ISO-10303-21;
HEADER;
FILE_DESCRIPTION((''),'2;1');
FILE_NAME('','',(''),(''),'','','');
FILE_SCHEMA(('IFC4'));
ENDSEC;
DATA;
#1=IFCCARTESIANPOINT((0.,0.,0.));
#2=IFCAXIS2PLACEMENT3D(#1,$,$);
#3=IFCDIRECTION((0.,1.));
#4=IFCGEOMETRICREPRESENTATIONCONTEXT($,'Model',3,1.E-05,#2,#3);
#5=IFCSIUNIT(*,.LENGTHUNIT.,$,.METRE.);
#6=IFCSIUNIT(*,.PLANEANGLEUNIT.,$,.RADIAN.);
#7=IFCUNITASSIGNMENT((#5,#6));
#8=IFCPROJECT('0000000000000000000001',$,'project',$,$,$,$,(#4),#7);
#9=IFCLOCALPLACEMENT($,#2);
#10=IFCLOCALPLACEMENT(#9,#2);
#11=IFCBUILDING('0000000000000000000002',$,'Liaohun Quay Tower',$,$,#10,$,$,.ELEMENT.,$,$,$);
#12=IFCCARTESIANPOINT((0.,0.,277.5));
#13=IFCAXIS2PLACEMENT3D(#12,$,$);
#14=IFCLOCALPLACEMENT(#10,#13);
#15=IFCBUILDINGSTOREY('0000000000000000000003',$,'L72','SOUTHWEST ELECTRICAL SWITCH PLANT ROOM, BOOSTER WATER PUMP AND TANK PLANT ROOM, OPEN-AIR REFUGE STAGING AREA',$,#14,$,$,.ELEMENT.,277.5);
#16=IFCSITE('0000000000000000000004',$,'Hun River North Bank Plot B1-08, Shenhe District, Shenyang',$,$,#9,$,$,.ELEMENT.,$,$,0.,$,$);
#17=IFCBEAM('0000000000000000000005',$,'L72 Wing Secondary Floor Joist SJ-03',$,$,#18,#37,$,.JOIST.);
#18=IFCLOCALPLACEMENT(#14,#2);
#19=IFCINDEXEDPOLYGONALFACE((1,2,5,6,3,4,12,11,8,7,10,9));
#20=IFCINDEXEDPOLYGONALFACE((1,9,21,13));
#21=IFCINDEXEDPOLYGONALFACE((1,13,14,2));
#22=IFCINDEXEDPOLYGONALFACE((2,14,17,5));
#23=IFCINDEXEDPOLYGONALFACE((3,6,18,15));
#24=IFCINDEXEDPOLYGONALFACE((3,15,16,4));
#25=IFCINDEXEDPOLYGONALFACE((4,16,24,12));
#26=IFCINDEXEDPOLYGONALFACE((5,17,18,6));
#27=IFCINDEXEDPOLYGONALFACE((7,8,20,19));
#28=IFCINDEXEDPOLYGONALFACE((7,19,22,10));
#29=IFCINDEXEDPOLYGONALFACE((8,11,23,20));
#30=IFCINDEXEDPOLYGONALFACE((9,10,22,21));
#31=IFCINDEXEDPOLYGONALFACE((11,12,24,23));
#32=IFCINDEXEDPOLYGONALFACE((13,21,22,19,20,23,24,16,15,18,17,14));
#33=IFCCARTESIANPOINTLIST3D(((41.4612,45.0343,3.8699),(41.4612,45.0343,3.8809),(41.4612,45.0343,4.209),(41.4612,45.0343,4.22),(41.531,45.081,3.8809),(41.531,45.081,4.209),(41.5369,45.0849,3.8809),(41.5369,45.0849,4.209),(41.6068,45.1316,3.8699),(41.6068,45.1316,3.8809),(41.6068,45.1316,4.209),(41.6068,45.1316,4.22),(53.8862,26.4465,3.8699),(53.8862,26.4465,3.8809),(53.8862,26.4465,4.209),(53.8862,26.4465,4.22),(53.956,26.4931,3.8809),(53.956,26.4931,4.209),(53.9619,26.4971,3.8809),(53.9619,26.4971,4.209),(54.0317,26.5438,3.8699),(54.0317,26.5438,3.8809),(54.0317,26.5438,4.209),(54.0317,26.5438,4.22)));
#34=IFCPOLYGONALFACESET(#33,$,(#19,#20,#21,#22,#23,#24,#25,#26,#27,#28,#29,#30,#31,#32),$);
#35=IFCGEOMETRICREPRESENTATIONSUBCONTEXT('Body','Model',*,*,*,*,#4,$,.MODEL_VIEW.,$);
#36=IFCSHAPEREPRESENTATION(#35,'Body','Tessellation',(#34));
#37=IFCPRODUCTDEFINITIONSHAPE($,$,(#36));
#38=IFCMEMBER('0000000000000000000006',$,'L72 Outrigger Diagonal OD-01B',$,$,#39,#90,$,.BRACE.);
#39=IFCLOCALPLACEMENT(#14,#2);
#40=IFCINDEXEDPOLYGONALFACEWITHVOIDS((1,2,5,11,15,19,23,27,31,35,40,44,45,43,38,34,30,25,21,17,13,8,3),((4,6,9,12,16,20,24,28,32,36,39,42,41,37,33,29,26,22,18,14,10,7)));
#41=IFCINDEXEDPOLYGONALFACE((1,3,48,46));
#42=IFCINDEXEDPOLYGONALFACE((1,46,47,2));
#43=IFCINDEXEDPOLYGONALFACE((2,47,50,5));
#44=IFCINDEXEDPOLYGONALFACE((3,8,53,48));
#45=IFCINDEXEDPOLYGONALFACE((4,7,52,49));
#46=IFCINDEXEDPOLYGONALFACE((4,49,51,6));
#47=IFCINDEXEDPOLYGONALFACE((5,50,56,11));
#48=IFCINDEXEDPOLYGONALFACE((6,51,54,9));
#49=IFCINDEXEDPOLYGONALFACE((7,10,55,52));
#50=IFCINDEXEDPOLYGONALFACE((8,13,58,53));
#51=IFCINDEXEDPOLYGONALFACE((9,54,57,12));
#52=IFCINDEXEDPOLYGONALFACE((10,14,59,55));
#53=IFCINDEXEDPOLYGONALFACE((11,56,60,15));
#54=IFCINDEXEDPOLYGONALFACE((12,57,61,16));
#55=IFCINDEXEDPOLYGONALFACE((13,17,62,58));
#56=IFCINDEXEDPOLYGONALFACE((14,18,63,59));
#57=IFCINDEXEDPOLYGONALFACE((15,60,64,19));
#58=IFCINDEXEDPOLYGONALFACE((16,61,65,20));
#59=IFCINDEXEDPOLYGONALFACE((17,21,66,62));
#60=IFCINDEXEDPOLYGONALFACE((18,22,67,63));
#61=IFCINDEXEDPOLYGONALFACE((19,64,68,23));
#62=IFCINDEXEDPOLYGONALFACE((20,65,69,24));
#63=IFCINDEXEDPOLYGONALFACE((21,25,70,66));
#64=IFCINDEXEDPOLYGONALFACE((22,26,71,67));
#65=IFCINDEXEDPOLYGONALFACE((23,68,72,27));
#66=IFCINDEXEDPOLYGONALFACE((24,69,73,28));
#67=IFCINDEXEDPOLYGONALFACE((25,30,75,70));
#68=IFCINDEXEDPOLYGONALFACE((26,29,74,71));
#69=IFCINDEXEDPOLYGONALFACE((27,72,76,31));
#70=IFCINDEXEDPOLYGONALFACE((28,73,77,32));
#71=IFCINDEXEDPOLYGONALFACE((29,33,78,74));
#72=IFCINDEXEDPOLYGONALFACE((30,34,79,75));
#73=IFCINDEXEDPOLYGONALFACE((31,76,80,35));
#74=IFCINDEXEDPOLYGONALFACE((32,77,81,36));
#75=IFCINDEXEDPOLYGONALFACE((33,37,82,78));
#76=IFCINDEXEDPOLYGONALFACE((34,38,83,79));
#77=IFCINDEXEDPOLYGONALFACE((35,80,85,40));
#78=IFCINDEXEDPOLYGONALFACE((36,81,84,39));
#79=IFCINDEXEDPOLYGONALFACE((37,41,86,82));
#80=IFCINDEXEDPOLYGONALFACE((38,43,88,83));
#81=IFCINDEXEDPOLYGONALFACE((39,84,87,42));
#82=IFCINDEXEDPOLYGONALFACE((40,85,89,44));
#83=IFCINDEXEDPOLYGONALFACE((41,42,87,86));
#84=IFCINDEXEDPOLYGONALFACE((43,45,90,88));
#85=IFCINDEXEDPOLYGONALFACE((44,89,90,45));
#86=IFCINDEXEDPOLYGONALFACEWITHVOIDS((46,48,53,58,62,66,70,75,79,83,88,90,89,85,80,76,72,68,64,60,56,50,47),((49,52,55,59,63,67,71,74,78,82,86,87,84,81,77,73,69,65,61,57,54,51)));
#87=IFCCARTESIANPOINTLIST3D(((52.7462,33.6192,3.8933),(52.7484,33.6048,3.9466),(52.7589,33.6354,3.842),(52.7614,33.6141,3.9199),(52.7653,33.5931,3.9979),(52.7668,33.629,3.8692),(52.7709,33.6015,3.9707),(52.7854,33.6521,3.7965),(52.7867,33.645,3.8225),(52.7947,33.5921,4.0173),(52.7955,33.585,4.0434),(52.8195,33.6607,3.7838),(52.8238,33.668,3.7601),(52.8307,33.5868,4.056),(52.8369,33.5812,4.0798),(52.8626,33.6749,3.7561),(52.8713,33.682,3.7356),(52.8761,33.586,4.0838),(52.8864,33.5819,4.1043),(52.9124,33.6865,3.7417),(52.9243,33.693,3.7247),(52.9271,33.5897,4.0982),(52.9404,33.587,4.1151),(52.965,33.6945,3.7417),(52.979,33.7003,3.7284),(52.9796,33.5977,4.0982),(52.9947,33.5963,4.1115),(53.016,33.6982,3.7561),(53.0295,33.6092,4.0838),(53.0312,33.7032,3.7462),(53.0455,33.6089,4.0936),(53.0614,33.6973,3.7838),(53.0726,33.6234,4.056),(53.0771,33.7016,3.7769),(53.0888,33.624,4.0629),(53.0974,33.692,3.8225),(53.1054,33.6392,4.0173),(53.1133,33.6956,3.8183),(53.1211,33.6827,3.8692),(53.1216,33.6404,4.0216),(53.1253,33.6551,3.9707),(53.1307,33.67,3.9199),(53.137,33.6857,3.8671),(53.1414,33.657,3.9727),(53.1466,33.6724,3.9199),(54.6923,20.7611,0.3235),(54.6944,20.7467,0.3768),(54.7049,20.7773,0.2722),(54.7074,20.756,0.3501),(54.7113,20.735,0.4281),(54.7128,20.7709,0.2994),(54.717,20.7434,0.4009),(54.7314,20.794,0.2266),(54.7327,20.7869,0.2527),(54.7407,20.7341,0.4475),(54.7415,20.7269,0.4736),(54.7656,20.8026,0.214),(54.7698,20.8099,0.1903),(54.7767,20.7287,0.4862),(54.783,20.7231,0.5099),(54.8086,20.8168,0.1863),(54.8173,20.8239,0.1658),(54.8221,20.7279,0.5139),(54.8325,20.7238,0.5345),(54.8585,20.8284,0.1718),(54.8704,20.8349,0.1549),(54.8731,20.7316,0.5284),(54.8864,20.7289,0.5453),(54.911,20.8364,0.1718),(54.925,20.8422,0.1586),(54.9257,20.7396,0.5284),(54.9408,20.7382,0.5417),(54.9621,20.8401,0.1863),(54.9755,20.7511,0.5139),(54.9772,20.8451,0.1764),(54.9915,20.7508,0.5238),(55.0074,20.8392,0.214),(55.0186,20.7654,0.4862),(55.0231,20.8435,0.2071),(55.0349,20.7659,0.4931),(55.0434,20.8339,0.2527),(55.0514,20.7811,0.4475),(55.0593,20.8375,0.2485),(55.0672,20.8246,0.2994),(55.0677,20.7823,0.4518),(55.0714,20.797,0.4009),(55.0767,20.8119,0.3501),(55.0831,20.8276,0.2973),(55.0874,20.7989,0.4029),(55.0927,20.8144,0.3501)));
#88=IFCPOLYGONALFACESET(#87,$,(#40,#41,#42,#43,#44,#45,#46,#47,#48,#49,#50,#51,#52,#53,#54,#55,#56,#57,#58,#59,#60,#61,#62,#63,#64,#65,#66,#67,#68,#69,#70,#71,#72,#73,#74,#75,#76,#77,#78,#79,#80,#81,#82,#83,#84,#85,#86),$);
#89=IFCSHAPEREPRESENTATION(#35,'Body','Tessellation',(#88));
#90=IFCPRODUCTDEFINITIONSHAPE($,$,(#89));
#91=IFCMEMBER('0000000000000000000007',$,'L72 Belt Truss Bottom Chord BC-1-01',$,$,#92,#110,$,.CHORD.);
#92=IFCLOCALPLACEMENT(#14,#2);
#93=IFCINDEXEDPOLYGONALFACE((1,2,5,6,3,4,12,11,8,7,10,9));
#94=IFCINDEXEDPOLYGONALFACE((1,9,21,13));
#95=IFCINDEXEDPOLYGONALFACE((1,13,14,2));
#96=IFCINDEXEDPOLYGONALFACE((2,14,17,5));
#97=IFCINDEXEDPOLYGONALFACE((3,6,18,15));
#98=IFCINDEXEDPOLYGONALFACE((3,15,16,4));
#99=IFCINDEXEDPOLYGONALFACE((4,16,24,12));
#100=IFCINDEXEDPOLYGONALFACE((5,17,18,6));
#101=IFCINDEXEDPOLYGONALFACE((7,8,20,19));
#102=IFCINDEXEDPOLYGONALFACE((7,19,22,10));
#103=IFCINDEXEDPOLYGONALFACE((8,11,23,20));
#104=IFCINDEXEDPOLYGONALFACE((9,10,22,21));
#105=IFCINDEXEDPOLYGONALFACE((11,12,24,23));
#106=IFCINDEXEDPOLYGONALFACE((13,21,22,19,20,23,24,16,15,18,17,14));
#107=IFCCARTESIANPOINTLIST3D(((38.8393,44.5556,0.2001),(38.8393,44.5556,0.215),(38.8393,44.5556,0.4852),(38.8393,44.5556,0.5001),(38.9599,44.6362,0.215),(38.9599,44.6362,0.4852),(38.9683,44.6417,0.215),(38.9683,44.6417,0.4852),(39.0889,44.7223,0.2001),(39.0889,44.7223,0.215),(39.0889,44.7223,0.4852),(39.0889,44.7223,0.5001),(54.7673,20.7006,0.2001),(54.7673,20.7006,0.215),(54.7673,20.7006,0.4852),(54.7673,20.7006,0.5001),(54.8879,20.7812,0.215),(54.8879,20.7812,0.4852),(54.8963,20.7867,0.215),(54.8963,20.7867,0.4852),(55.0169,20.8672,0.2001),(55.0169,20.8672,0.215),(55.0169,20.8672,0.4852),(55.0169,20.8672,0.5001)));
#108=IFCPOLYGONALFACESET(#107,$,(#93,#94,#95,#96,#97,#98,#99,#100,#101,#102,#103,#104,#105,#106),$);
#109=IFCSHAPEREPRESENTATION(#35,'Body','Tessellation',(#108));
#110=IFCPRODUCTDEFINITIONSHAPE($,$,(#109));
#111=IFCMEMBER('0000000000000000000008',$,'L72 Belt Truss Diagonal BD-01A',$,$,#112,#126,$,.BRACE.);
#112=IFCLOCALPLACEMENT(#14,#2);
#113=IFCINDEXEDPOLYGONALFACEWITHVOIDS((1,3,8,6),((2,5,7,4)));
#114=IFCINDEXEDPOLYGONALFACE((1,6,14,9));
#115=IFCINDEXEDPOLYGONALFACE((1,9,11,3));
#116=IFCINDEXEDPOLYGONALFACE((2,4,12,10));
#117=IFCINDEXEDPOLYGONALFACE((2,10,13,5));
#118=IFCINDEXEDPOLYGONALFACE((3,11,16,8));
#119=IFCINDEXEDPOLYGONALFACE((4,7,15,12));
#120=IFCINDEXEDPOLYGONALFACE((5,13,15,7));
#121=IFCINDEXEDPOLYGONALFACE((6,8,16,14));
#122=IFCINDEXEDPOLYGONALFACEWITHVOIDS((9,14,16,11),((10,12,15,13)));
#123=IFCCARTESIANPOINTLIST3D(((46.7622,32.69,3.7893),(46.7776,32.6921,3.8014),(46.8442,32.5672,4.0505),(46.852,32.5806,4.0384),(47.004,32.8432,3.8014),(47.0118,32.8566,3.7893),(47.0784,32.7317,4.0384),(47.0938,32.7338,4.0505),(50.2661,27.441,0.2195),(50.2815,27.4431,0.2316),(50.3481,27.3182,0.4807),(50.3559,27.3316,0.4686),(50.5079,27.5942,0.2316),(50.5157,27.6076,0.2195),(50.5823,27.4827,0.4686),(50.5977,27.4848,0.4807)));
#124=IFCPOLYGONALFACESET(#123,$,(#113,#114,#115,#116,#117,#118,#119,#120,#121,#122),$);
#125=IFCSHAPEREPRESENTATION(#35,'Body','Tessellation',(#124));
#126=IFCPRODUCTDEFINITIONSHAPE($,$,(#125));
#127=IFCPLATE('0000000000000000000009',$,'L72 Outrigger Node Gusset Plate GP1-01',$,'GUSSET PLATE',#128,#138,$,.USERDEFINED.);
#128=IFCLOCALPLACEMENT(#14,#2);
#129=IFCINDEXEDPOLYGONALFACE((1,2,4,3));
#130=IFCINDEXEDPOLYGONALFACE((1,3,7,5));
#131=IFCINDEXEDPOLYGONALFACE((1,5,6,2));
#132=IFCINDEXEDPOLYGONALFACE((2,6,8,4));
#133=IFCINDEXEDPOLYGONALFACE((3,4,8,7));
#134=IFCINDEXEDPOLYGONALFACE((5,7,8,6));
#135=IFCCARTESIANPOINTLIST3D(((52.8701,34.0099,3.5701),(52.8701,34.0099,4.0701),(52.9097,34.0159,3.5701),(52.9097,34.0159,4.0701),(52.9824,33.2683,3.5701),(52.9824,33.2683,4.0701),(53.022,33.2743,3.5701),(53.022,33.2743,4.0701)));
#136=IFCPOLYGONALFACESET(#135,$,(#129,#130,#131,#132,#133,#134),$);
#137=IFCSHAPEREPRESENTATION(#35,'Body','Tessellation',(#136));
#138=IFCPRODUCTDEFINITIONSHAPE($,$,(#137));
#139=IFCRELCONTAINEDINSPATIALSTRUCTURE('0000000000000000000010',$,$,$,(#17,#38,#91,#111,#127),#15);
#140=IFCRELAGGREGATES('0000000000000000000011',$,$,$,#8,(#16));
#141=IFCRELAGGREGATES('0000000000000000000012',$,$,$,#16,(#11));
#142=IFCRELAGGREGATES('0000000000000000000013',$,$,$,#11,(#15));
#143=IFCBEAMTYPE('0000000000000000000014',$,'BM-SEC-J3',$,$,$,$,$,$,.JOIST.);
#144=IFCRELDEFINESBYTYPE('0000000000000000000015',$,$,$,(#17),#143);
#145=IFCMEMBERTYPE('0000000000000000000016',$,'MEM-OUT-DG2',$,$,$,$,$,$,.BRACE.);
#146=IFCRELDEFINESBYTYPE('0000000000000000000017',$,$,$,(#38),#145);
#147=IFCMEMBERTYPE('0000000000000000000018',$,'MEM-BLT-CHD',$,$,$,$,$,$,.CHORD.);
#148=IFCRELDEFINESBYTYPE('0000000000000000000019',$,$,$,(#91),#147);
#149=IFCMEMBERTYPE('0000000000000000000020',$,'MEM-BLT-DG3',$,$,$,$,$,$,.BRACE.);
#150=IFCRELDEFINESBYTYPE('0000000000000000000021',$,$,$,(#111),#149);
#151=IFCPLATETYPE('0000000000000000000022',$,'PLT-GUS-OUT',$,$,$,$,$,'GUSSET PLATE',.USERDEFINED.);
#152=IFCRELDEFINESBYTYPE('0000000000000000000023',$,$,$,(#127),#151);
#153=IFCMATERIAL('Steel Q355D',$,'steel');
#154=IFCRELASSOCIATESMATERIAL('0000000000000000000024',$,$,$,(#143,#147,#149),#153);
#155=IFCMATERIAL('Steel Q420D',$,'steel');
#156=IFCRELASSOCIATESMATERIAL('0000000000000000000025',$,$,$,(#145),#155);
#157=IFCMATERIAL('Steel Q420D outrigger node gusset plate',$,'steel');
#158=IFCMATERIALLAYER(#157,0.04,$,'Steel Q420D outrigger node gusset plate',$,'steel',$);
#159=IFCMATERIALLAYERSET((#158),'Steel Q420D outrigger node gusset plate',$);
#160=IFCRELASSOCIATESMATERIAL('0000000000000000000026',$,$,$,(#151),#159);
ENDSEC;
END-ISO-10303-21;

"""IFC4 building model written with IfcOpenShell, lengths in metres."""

from ifc_helpers import new_model, si_unit, direction, frame, origin, origin_2d, place, context, subcontext, project, spatial, rectangle, hollow_rectangle, hollow_circle, i_section, extrude, source, transform, mapped, material, layer, layer_set, material_profile, profile_set, type_object, element, save


model = new_model("IFC4")

# Units and contexts
model_context = context("Model", 3, precision=1e-05, world=origin(), true_north=direction((0.0, 1.0)))
body_context = subcontext(model_context, "Body", "Model", "MODEL_VIEW")
ifc_project = project(units=[si_unit("LENGTHUNIT", "METRE"), si_unit("PLANEANGLEUNIT", "RADIAN")], contexts=[model_context])

# Site, building, storey
site_placement = place(None, origin())
site = spatial("IfcSite", under=ifc_project, at=site_placement, Name="Hun River North Bank Plot B1-08, Shenhe District, Shenyang", CompositionType="ELEMENT", RefElevation=0.0)
building_placement = place(site_placement, origin())
building = spatial("IfcBuilding", under=site, at=building_placement, Name="Liaohun Quay Tower", CompositionType="ELEMENT")
storey_placement = place(building_placement, frame((0.0, 0.0, 277.5)))
storey = spatial("IfcBuildingStorey", under=building, at=storey_placement, Name="L72", Description="SOUTHWEST ELECTRICAL SWITCH PLANT ROOM, BOOSTER WATER PUMP AND TANK PLANT ROOM, OPEN-AIR REFUGE STAGING AREA", CompositionType="ELEMENT", Elevation=277.5)

# Beam
ifc_material_1 = material(Name="Steel Q355D", Category="steel")
ifc_material_profile_1 = material_profile(ifc_material_1, i_section(OverallWidth=0.175, OverallDepth=0.3501, WebThickness=0.0071, FlangeThickness=0.011, at=origin_2d()), Name="HN350x175x7x11")
ifc_profile_set_1 = profile_set([ifc_material_profile_1], Name="Steel Q355D")
beam_type_1 = type_object("IfcBeamType", Name="BM-SEC-J3", PredefinedType="JOIST", material=ifc_profile_set_1)
shared_shape_1 = source(origin(), body_context, "Body", "SweptSolid", [
    extrude(i_section(OverallWidth=0.175, OverallDepth=0.3501, WebThickness=0.0071, FlangeThickness=0.011, at=origin_2d()), origin(), (0.0, 0.0, 1.0), 22.3582),
])
beam_1_placement = place(storey_placement, frame((53.959, 26.4951, 4.0449), z_axis=(-0.555725, 0.831366, 0.0), x_axis=(-0.831366, -0.555725, 0.0)))
element("IfcBeam", 1, at=beam_1_placement, inside=storey, type_object=beam_type_1, Name="L72 Wing Secondary Floor Joist SJ-03", PredefinedType="JOIST", context=body_context, shape_type="MappedRepresentation", body=[
    mapped(shared_shape_1, transform((0.0, 0.0, 0.0), x_axis=(1.0, 0.0, 0.0), y_axis=(0.0, 1.0, 0.0), z_axis=(0.0, 0.0, 1.0), scale=1.0)),
])

# Members
ifc_material_2 = material(Name="Steel Q420D", Category="steel")
ifc_material_profile_2 = material_profile(ifc_material_2, hollow_circle(Radius=0.2029, WallThickness=0.0161, at=origin_2d()), Name="CHS406x16")
ifc_profile_set_2 = profile_set([ifc_material_profile_2], Name="Steel Q420D")
member_type_1 = type_object("IfcMemberType", Name="MEM-OUT-DG2", PredefinedType="BRACE", material=ifc_profile_set_2)
shared_shape_2 = source(origin(), body_context, "Body", "SweptSolid", [
    extrude(hollow_circle(Radius=0.2029, WallThickness=0.0161, at=origin_2d()), origin(), (0.0, 0.0, 1.0), 13.4856),
])
member_1_placement = place(storey_placement, frame((52.946, 33.6421, 3.9199), z_axis=(0.144305, -0.953469, -0.264713), x_axis=(0.98874, 0.149643, 0.0)))
element("IfcMember", 2, at=member_1_placement, inside=storey, type_object=member_type_1, Name="L72 Outrigger Diagonal OD-01B", PredefinedType="BRACE", context=body_context, shape_type="MappedRepresentation", body=[
    mapped(shared_shape_2, transform((0.0, 0.0, 0.0), x_axis=(1.0, 0.0, 0.0), y_axis=(0.0, 1.0, 0.0), z_axis=(0.0, 0.0, 1.0), scale=1.0)),
])
ifc_material_profile_3 = material_profile(ifc_material_1, i_section(OverallWidth=0.3, OverallDepth=0.3, WebThickness=0.01, FlangeThickness=0.0149, at=origin_2d()), Name="HW300x300x10x15")
ifc_profile_set_3 = profile_set([ifc_material_profile_3], Name="Steel Q355D")
member_type_2 = type_object("IfcMemberType", Name="MEM-BLT-CHD", PredefinedType="CHORD", material=ifc_profile_set_3)
shared_shape_3 = source(origin(), body_context, "Body", "SweptSolid", [
    extrude(i_section(OverallWidth=0.3, OverallDepth=0.3, WebThickness=0.01, FlangeThickness=0.0149, at=origin_2d()), origin(), (0.0, 0.0, 1.0), 28.6838),
])
member_2_placement = place(storey_placement, frame((54.8921, 20.7839, 0.3501), z_axis=(-0.555295, 0.831653, 0.0), x_axis=(-0.831653, -0.555295, 0.0)))
element("IfcMember", 3, at=member_2_placement, inside=storey, type_object=member_type_2, Name="L72 Belt Truss Bottom Chord BC-1-01", PredefinedType="CHORD", context=body_context, shape_type="MappedRepresentation", body=[
    mapped(shared_shape_3, transform((0.0, 0.0, 0.0), x_axis=(1.0, 0.0, 0.0), y_axis=(0.0, 1.0, 0.0), z_axis=(0.0, 0.0, 1.0), scale=1.0)),
])
ifc_material_profile_4 = material_profile(ifc_material_1, hollow_rectangle(XDim=0.3, YDim=0.3, WallThickness=0.0139, at=origin_2d()), Name="SHS300x300x14")
ifc_profile_set_4 = profile_set([ifc_material_profile_4], Name="Steel Q355D")
member_type_3 = type_object("IfcMemberType", Name="MEM-BLT-DG3", PredefinedType="BRACE", material=ifc_profile_set_4)
shared_shape_4 = source(origin(), body_context, "Body", "SweptSolid", [
    extrude(hollow_rectangle(XDim=0.3, YDim=0.3, WallThickness=0.0139, at=origin_2d()), origin(), (0.0, 0.0, 1.0), 7.2507),
])
member_3_placement = place(storey_placement, frame((50.4319, 27.4629, 0.3501), z_axis=(-0.483248, 0.723929, 0.492339), x_axis=(-0.831717, -0.5552, 0.0)))
element("IfcMember", 4, at=member_3_placement, inside=storey, type_object=member_type_3, Name="L72 Belt Truss Diagonal BD-01A", PredefinedType="BRACE", context=body_context, shape_type="MappedRepresentation", body=[
    mapped(shared_shape_4, transform((0.0, 0.0, 0.0), x_axis=(1.0, 0.0, 0.0), y_axis=(0.0, 1.0, 0.0), z_axis=(0.0, 0.0, 1.0), scale=1.0)),
])

# Plate
ifc_material_3 = material(Name="Steel Q420D outrigger node gusset plate", Category="steel")
ifc_layer = layer(ifc_material_3, 0.04, Name="Steel Q420D outrigger node gusset plate", Category="steel")
ifc_layer_set = layer_set([ifc_layer], Name="Steel Q420D outrigger node gusset plate")
plate_type = type_object("IfcPlateType", Name="PLT-GUS-OUT", ElementType="GUSSET PLATE", PredefinedType="USERDEFINED", material=ifc_layer_set)
shared_shape_5 = source(origin(), body_context, "Body", "SweptSolid", [
    extrude(rectangle(XDim=0.75, YDim=0.04, at=origin_2d()), origin(), (0.0, 0.0, 1.0), 0.5),
])
plate_placement = place(storey_placement, frame((52.946, 33.6421, 3.5701), z_axis=(0.0, 0.0, 1.0), x_axis=(0.149708, -0.98873, 0.0)))
element("IfcPlate", 5, at=plate_placement, inside=storey, type_object=plate_type, Name="L72 Outrigger Node Gusset Plate GP1-01", ObjectType="GUSSET PLATE", PredefinedType="USERDEFINED", context=body_context, shape_type="MappedRepresentation", body=[
    mapped(shared_shape_5, transform((0.0, 0.0, 0.0), x_axis=(1.0, 0.0, 0.0), y_axis=(0.0, 1.0, 0.0), z_axis=(0.0, 0.0, 1.0), scale=1.0)),
])

save(model, "model.ifc")
